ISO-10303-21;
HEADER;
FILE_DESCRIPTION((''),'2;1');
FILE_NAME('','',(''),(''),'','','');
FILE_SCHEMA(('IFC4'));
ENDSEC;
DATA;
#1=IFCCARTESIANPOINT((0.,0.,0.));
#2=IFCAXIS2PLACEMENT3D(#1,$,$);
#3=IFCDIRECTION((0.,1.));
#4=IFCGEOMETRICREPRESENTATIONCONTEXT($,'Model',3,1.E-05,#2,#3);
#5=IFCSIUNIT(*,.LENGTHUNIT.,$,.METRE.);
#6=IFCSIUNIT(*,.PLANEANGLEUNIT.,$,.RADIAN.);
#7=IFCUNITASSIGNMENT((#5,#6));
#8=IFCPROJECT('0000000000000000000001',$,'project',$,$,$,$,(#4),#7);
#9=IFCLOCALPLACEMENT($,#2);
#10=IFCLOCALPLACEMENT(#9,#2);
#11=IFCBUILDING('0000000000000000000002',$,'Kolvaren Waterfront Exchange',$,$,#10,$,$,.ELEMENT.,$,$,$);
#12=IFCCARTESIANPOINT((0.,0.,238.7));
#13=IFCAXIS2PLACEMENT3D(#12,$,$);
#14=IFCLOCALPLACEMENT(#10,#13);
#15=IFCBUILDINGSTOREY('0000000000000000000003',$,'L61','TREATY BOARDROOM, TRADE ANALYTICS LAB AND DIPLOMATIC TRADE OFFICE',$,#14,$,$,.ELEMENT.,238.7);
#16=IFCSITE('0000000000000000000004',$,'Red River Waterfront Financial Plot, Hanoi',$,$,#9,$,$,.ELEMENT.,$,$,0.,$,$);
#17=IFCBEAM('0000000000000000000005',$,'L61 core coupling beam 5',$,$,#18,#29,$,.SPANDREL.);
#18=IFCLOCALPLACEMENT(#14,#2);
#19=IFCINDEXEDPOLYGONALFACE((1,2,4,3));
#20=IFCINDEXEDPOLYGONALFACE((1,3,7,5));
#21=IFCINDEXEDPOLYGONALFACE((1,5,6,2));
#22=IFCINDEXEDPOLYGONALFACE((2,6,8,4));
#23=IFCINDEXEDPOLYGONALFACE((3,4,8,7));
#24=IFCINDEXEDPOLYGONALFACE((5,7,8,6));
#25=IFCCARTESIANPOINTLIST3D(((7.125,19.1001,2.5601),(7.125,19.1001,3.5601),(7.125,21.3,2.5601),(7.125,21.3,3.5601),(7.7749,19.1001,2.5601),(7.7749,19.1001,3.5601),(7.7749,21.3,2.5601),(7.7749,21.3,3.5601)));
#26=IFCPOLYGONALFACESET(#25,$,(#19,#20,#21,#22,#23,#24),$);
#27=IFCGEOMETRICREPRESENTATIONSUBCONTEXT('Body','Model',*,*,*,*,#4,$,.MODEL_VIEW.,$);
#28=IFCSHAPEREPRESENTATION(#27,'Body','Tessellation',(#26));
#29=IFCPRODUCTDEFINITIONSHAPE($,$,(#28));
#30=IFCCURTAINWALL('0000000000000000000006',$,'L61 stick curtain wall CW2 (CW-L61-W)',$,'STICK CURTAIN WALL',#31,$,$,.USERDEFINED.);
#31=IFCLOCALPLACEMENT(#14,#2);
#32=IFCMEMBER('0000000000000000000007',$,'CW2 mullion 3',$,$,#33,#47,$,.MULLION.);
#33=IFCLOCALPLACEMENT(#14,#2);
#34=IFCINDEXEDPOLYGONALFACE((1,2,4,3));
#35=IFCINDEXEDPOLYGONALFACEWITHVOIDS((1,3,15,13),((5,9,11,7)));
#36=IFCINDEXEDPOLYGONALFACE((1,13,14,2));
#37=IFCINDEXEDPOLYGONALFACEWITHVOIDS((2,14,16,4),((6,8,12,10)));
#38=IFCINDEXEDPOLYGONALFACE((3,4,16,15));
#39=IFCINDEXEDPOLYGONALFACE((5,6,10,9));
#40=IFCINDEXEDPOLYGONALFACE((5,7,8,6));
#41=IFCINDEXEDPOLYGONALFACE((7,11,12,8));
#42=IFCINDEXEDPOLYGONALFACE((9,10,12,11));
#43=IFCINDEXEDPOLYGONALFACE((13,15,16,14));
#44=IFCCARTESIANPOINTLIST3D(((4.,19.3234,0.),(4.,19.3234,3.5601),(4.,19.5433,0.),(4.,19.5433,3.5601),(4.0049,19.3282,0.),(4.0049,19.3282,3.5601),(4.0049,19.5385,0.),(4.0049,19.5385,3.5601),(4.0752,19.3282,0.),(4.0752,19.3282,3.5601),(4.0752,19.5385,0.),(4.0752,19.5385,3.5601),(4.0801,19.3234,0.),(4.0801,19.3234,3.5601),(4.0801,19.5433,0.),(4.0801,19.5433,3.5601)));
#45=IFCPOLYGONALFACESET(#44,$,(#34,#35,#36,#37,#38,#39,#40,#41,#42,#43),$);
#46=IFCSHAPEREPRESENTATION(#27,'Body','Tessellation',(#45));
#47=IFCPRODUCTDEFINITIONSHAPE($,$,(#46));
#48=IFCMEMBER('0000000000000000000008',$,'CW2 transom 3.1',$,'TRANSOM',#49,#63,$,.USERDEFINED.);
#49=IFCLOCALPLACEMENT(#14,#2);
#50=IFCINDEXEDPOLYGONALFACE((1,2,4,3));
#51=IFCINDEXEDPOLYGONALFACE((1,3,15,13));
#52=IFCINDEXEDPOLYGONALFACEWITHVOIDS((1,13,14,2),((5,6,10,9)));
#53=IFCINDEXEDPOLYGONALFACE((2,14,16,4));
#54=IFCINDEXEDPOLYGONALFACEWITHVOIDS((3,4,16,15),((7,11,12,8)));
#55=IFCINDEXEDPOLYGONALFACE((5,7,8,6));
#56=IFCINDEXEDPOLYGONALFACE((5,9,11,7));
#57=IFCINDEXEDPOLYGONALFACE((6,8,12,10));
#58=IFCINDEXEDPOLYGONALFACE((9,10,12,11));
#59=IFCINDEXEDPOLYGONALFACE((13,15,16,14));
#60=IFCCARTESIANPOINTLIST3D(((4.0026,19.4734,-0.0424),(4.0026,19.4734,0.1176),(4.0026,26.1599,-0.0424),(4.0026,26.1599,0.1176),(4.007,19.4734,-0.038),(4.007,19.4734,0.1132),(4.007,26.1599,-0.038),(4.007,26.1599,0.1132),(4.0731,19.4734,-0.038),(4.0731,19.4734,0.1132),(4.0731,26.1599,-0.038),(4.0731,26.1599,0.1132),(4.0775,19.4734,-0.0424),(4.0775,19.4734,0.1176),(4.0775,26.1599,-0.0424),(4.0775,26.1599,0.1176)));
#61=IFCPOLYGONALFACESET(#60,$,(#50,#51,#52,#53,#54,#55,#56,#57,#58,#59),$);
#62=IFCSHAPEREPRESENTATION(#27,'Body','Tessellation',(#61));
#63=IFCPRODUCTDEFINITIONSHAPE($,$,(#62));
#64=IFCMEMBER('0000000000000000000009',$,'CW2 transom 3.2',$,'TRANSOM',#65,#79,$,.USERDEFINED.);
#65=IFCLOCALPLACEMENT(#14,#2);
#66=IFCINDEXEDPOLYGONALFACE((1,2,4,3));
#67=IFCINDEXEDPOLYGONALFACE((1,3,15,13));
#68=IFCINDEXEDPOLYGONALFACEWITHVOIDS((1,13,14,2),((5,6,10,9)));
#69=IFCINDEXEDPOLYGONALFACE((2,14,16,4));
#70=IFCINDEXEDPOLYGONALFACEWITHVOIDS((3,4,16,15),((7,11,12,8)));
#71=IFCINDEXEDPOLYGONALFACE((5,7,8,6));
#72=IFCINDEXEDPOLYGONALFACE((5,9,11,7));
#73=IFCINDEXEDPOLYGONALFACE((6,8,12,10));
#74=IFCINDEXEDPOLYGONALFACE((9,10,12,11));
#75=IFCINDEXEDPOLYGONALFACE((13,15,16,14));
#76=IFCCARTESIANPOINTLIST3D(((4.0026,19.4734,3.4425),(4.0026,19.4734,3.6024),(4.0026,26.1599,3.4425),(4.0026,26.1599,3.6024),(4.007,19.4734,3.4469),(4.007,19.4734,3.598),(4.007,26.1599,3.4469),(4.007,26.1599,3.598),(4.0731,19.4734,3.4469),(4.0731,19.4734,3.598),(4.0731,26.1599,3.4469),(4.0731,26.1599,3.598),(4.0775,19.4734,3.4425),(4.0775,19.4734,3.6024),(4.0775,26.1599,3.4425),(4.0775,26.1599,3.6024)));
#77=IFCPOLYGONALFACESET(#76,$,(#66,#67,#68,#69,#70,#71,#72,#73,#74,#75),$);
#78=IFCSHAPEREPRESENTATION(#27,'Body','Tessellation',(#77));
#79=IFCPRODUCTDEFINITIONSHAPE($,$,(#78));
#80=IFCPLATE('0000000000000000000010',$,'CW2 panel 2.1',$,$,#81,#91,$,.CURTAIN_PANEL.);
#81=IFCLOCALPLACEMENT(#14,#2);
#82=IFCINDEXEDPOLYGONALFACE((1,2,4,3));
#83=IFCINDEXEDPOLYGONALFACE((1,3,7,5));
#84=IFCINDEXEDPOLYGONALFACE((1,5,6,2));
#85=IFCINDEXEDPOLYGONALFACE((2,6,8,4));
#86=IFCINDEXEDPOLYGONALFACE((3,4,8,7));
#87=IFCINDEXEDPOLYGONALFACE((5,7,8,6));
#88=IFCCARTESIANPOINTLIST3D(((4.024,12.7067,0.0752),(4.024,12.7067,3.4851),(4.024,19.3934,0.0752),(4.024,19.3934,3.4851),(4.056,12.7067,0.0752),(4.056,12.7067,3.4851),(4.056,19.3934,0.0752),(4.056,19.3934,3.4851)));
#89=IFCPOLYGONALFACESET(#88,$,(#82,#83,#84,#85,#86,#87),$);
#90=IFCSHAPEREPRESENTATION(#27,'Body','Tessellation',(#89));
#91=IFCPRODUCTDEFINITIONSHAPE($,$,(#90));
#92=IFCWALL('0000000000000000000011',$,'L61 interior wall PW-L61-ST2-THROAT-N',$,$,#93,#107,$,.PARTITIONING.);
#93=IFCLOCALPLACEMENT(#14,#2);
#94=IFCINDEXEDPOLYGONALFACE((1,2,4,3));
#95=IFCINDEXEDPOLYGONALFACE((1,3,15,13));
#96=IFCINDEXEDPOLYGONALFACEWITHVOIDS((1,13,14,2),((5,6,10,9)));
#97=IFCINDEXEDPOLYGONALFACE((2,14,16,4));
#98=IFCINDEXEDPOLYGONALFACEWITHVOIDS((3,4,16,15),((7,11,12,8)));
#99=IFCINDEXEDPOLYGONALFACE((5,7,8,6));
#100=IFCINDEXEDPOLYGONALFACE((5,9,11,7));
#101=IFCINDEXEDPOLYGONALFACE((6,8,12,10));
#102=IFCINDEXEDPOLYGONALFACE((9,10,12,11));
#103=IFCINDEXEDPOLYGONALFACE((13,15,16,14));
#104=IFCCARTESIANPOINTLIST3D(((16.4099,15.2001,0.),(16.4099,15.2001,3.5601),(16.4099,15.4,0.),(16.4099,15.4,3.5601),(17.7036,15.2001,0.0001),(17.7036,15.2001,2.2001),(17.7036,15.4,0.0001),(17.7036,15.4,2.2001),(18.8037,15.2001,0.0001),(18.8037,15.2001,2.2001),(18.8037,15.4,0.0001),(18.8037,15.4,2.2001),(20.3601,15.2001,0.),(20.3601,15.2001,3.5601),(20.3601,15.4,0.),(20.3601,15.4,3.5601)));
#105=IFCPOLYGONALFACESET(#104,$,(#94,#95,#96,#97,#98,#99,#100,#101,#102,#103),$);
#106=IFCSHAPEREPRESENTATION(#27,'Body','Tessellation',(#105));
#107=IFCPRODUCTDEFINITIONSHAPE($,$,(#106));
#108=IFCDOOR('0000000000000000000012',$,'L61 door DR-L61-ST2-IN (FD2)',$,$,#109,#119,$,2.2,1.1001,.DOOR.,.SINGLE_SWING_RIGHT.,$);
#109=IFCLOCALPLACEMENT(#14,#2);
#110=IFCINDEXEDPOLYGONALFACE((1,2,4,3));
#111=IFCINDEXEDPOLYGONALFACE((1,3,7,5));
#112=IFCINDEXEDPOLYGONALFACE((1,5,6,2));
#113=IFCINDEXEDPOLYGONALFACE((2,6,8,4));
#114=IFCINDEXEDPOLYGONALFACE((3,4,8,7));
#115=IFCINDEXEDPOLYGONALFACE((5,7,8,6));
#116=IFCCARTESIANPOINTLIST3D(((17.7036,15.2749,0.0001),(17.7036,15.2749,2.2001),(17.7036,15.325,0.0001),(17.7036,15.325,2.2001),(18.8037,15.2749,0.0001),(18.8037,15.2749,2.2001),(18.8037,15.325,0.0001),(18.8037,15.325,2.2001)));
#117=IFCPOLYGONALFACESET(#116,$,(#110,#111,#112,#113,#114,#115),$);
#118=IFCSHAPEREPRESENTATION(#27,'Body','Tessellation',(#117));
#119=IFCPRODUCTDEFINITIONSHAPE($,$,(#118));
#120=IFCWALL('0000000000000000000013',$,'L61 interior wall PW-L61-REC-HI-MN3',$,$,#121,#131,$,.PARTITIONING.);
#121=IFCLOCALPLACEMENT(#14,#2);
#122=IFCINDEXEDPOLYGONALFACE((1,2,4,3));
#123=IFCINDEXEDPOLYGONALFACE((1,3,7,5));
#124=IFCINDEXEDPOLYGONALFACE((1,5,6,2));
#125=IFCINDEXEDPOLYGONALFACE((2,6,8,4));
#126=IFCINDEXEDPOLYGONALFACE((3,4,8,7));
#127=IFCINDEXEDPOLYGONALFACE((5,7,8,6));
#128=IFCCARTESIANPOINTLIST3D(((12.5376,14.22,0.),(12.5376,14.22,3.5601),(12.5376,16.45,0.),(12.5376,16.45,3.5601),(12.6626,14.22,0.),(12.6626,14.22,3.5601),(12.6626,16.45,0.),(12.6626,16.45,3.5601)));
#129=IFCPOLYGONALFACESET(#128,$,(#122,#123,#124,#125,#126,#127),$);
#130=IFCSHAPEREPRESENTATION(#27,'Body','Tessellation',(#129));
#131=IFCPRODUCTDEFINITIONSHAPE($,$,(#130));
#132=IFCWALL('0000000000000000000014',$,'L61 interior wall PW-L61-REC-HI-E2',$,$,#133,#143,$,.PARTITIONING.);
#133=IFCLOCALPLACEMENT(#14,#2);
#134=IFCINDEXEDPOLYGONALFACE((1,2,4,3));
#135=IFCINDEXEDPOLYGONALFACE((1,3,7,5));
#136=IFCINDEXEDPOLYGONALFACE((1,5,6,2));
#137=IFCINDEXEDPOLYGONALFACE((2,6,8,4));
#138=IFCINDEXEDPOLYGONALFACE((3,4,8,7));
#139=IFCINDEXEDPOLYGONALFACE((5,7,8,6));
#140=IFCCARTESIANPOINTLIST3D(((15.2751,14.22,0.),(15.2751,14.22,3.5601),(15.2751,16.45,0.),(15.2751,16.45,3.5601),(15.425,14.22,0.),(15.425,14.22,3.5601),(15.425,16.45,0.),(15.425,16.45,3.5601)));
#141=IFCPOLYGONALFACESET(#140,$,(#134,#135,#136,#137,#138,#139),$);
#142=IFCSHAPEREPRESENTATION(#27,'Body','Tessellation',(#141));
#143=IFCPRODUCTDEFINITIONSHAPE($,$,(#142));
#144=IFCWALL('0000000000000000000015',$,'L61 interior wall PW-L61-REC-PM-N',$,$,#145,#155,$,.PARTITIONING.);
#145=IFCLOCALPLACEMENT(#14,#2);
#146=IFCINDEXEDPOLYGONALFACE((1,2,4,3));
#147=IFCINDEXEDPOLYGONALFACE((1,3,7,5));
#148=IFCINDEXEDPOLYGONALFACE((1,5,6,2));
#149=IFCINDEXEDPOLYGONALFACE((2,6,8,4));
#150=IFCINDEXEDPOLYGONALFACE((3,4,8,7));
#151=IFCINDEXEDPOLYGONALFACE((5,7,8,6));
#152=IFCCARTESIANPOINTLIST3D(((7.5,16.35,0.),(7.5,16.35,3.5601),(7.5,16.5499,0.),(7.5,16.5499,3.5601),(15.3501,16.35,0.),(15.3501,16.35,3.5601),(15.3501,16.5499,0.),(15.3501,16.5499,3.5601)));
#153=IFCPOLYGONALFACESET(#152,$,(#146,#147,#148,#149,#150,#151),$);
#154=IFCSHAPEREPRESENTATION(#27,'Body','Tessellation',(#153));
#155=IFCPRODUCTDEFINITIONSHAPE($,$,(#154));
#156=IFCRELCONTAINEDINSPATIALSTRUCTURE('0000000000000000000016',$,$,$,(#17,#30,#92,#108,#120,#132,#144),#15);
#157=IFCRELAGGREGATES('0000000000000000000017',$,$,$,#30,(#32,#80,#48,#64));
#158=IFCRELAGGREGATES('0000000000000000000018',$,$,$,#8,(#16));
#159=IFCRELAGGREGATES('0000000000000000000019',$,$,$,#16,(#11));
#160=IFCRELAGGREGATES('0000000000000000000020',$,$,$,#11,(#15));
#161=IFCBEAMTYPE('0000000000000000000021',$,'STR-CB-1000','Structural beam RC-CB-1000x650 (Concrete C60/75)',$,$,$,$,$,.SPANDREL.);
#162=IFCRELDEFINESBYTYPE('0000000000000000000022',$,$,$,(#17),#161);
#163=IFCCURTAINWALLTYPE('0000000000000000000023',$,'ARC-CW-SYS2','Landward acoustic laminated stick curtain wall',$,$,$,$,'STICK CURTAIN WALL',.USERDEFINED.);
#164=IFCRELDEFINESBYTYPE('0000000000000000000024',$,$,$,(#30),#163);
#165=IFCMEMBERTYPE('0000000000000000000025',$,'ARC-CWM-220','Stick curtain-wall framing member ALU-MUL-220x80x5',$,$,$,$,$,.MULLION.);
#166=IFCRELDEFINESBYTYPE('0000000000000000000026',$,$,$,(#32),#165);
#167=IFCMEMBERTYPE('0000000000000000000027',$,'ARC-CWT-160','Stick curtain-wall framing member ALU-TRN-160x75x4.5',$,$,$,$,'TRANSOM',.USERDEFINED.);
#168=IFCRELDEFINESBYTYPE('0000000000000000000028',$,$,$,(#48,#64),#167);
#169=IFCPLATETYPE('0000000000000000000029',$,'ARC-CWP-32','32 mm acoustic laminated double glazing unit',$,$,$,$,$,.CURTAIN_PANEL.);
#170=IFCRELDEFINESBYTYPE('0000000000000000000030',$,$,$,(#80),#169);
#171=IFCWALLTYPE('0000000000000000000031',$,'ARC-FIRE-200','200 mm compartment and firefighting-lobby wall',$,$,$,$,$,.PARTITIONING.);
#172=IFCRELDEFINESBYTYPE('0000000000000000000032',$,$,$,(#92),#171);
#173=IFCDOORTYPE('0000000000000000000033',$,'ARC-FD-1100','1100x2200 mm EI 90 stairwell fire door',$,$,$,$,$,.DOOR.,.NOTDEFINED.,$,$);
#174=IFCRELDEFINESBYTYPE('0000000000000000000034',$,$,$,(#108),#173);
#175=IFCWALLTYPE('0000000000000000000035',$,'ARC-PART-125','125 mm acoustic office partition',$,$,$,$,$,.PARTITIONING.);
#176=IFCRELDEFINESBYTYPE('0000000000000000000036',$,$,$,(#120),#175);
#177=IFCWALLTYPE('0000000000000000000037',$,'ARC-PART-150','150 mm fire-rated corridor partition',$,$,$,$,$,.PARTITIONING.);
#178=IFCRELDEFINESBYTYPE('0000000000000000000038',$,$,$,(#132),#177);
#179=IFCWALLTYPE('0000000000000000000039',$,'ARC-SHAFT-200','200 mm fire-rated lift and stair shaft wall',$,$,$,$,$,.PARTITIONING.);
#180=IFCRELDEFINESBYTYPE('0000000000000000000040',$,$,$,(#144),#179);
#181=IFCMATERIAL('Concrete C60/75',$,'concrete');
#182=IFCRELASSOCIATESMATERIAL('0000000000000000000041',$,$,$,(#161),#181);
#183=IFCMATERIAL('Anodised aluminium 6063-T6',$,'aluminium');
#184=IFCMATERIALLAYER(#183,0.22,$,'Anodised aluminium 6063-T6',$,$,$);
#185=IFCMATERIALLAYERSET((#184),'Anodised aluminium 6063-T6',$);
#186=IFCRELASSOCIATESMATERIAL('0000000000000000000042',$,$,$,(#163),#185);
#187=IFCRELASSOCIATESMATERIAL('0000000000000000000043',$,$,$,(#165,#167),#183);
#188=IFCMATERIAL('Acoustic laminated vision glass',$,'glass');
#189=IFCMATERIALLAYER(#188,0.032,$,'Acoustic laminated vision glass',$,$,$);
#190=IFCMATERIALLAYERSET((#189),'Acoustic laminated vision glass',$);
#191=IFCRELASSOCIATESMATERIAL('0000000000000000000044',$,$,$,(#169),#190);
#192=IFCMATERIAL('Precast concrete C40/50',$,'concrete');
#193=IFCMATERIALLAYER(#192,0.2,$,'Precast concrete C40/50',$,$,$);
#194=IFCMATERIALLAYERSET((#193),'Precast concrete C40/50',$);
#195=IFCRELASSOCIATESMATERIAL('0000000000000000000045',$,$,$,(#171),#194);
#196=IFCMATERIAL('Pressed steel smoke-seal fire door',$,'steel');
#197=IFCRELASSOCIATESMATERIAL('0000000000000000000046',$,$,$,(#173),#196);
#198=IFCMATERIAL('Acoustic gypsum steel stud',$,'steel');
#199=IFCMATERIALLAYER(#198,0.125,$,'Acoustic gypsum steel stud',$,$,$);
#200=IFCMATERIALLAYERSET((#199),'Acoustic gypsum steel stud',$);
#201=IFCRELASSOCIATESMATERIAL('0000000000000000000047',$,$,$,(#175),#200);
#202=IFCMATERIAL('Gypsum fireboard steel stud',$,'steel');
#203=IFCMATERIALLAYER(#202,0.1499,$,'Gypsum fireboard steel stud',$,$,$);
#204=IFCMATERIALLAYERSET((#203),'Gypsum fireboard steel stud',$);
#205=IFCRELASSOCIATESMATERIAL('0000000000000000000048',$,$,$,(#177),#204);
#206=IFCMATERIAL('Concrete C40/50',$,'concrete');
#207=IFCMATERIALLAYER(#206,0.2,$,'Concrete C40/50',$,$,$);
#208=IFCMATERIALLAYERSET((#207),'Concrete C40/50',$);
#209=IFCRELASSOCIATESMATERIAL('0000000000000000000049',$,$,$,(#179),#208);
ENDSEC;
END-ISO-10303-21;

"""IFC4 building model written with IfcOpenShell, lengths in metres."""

from ifc_helpers import new_model, si_unit, direction, frame, frame_2d, origin, origin_with_axes, origin_2d, place, context, subcontext, project, spatial, rectangle, hollow_rectangle, extrude, source, transform, mapped, material, layer, layer_set, material_profile, profile_set, type_object, element, fill, aggregate, save


model = new_model("IFC4")

# Units and contexts
model_context = context("Model", 3, precision=1e-05, world=origin(), true_north=direction((0.0, 1.0)))
body_context = subcontext(model_context, "Body", "Model", "MODEL_VIEW")
ifc_project = project(units=[si_unit("LENGTHUNIT", "METRE"), si_unit("PLANEANGLEUNIT", "RADIAN")], contexts=[model_context])

# Site, building, storey
site_placement = place(None, origin())
site = spatial("IfcSite", under=ifc_project, at=site_placement, Name="Red River Waterfront Financial Plot, Hanoi", CompositionType="ELEMENT", RefElevation=0.0)
building_placement = place(site_placement, origin())
building = spatial("IfcBuilding", under=site, at=building_placement, Name="Kolvaren Waterfront Exchange", CompositionType="ELEMENT")
storey_placement = place(building_placement, frame((0.0, 0.0, 238.7)))
storey = spatial("IfcBuildingStorey", under=building, at=storey_placement, Name="L61", Description="TREATY BOARDROOM, TRADE ANALYTICS LAB AND DIPLOMATIC TRADE OFFICE", CompositionType="ELEMENT", Elevation=238.7)

# Beam
ifc_material_1 = material(Name="Concrete C60/75", Category="concrete")
ifc_material_profile_1 = material_profile(ifc_material_1, rectangle(XDim=0.6499, YDim=1.0, at=origin_2d()), Name="RC-CB-1000x650")
ifc_profile_set_1 = profile_set([ifc_material_profile_1], Name="Concrete C60/75")
beam_type = type_object("IfcBeamType", Name="STR-CB-1000", Description="Structural beam RC-CB-1000x650 (Concrete C60/75)", PredefinedType="SPANDREL", material=ifc_profile_set_1)
beam_placement = place(storey_placement, frame((7.45, 19.1001, 3.0601), z_axis=(0.0, 1.0, 0.0), x_axis=(-1.0, 0.0, 0.0)))
element("IfcBeam", 1, at=beam_placement, inside=storey, type_object=beam_type, Name="L61 core coupling beam 5", PredefinedType="SPANDREL", context=body_context, shape_type="SweptSolid", body=[
    extrude(rectangle(XDim=0.6499, YDim=1.0, at=origin_2d()), origin(), (0.0, 0.0, 1.0), 2.2),
])

# Curtain wall, members, plate
ifc_material_2 = material(Name="Anodised aluminium 6063-T6", Category="aluminium")
ifc_layer_1 = layer(ifc_material_2, 0.22, Name="Anodised aluminium 6063-T6")
ifc_layer_set_1 = layer_set([ifc_layer_1], Name="Anodised aluminium 6063-T6")
curtain_wall_type = type_object("IfcCurtainWallType", Name="ARC-CW-SYS2", Description="Landward acoustic laminated stick curtain wall", ElementType="STICK CURTAIN WALL", PredefinedType="USERDEFINED", material=ifc_layer_set_1)
curtain_wall_placement = place(storey_placement, origin())
curtain_wall = element("IfcCurtainWall", 2, at=curtain_wall_placement, inside=storey, type_object=curtain_wall_type, Name="L61 stick curtain wall CW2 (CW-L61-W)", ObjectType="STICK CURTAIN WALL", PredefinedType="USERDEFINED")
ifc_material_profile_2 = material_profile(ifc_material_2, hollow_rectangle(XDim=0.0801, YDim=0.22, WallThickness=0.0049, at=origin_2d()), Name="ALU-MUL-220x80x5")
ifc_profile_set_2 = profile_set([ifc_material_profile_2], Name="Anodised aluminium 6063-T6")
member_type_1 = type_object("IfcMemberType", Name="ARC-CWM-220", Description="Stick curtain-wall framing member ALU-MUL-220x80x5", PredefinedType="MULLION", material=ifc_profile_set_2)
shared_shape_1 = source(origin_with_axes(), body_context, "Body", "SweptSolid", [
    extrude(hollow_rectangle(XDim=0.0801, YDim=0.22, WallThickness=0.0049, at=origin_2d()), origin(), (0.0, 0.0, 1.0), 3.5601),
])
member_1_placement = place(storey_placement, frame((4.04, 19.4333, 0.0), z_axis=(0.0, 0.0, 1.0), x_axis=(-1.0, 0.0, 0.0)))
member_1 = element("IfcMember", 3, at=member_1_placement, type_object=member_type_1, Name="CW2 mullion 3", PredefinedType="MULLION", context=body_context, shape_type="MappedRepresentation", body=[
    mapped(shared_shape_1, transform((0.0, 0.0, 0.0), x_axis=(1.0, 0.0, 0.0), y_axis=(0.0, 1.0, 0.0), z_axis=(0.0, 0.0, 1.0), scale=1.0)),
])
ifc_material_profile_3 = material_profile(ifc_material_2, hollow_rectangle(XDim=0.075, YDim=0.1599, WallThickness=0.0044, at=origin_2d()), Name="ALU-TRN-160x75x4.5")
ifc_profile_set_3 = profile_set([ifc_material_profile_3], Name="Anodised aluminium 6063-T6")
member_type_2 = type_object("IfcMemberType", Name="ARC-CWT-160", Description="Stick curtain-wall framing member ALU-TRN-160x75x4.5", ElementType="TRANSOM", PredefinedType="USERDEFINED", material=ifc_profile_set_3)
shared_shape_2 = source(origin_with_axes(), body_context, "Body", "SweptSolid", [
    extrude(hollow_rectangle(XDim=0.075, YDim=0.1599, WallThickness=0.0044, at=origin_2d()), origin(), (0.0, 0.0, 1.0), 6.6865),
])
member_2_placement = place(storey_placement, frame((4.04, 19.4734, 0.0376), z_axis=(0.0, 1.0, 0.0), x_axis=(-1.0, 0.0, 0.0)))
member_2 = element("IfcMember", 4, at=member_2_placement, type_object=member_type_2, Name="CW2 transom 3.1", ObjectType="TRANSOM", PredefinedType="USERDEFINED", context=body_context, shape_type="MappedRepresentation", body=[
    mapped(shared_shape_2, transform((0.0, 0.0, 0.0), x_axis=(1.0, 0.0, 0.0), y_axis=(0.0, 1.0, 0.0), z_axis=(0.0, 0.0, 1.0), scale=1.0)),
])
member_3_placement = place(storey_placement, frame((4.04, 19.4734, 3.5225), z_axis=(0.0, 1.0, 0.0), x_axis=(-1.0, 0.0, 0.0)))
member_3 = element("IfcMember", 5, at=member_3_placement, type_object=member_type_2, Name="CW2 transom 3.2", ObjectType="TRANSOM", PredefinedType="USERDEFINED", context=body_context, shape_type="MappedRepresentation", body=[
    mapped(shared_shape_2, transform((0.0, 0.0, 0.0), x_axis=(1.0, 0.0, 0.0), y_axis=(0.0, 1.0, 0.0), z_axis=(0.0, 0.0, 1.0), scale=1.0)),
])
ifc_material_3 = material(Name="Acoustic laminated vision glass", Category="glass")
ifc_layer_2 = layer(ifc_material_3, 0.032, Name="Acoustic laminated vision glass")
ifc_layer_set_2 = layer_set([ifc_layer_2], Name="Acoustic laminated vision glass")
plate_type = type_object("IfcPlateType", Name="ARC-CWP-32", Description="32 mm acoustic laminated double glazing unit", PredefinedType="CURTAIN_PANEL", material=ifc_layer_set_2)
shared_shape_3 = source(origin_with_axes(), body_context, "Body", "SweptSolid", [
    extrude(rectangle(XDim=6.6868, YDim=0.032, at=origin_2d()), origin(), (0.0, 0.0, 1.0), 3.4099),
])
plate_placement = place(storey_placement, frame((4.04, 16.05, 0.0752), z_axis=(0.0, 0.0, 1.0), x_axis=(0.0, 1.0, 0.0)))
plate = element("IfcPlate", 6, at=plate_placement, type_object=plate_type, Name="CW2 panel 2.1", PredefinedType="CURTAIN_PANEL", context=body_context, shape_type="MappedRepresentation", body=[
    mapped(shared_shape_3, transform((0.0, 0.0, 0.0), x_axis=(1.0, 0.0, 0.0), y_axis=(0.0, 1.0, 0.0), z_axis=(0.0, 0.0, 1.0), scale=1.0)),
])
aggregate(curtain_wall, [member_1, plate, member_2, member_3])

# Wall, opening, door
ifc_material_4 = material(Name="Precast concrete C40/50", Category="concrete")
ifc_layer_3 = layer(ifc_material_4, 0.2, Name="Precast concrete C40/50")
ifc_layer_set_3 = layer_set([ifc_layer_3], Name="Precast concrete C40/50")
wall_type_1 = type_object("IfcWallType", Name="ARC-FIRE-200", Description="200 mm compartment and firefighting-lobby wall", PredefinedType="PARTITIONING", material=ifc_layer_set_3)
wall_1_placement = place(storey_placement, frame((16.4099, 15.3, 0.0), z_axis=(0.0, 0.0, 1.0), x_axis=(1.0, 0.0, 0.0)))
wall_1 = element("IfcWall", 7, at=wall_1_placement, inside=storey, type_object=wall_type_1, Name="L61 interior wall PW-L61-ST2-THROAT-N", PredefinedType="PARTITIONING", context=body_context, shape_type="SweptSolid", body=[
    extrude(rectangle(XDim=3.9502, YDim=0.2, at=frame_2d((1.9751, 0.0))), origin(), (0.0, 0.0, 1.0), 3.5601),
])
opening_1_placement = place(wall_1_placement, frame((1.2937, 0.0, 0.0)))
opening_1 = element("IfcOpeningElement", 8, at=opening_1_placement, cuts=wall_1, PredefinedType="OPENING", context=body_context, shape_type="SweptSolid", body=[
    extrude(rectangle(XDim=1.1001, YDim=2.2, at=frame_2d((0.55, 1.1001))), frame((0.0, 0.1099, 0.0), z_axis=(0.0, -1.0, 0.0), x_axis=(1.0, 0.0, 0.0)), (0.0, 0.0, 1.0), 0.22),
])
ifc_material_5 = material(Name="Pressed steel smoke-seal fire door", Category="steel")
door_type_1 = type_object("IfcDoorType", Name="ARC-FD-1100", Description="1100x2200 mm EI 90 stairwell fire door", OperationType="NOTDEFINED", PredefinedType="DOOR", material=ifc_material_5)
door_1_placement = place(opening_1_placement, origin())
door_1 = element("IfcDoor", 9, at=door_1_placement, inside=storey, type_object=door_type_1, Name="L61 door DR-L61-ST2-IN (FD2)", OperationType="SINGLE_SWING_RIGHT", OverallHeight=2.2, OverallWidth=1.1001, PredefinedType="DOOR", context=body_context, shape_type="SweptSolid", body=[
    extrude(rectangle(XDim=1.1001, YDim=2.2, at=frame_2d((0.55, 1.1001))), frame((0.0, 0.0249, 0.0), z_axis=(0.0, -1.0, 0.0), x_axis=(1.0, 0.0, 0.0)), (0.0, 0.0, 1.0), 0.05),
])
fill(opening_1, door_1)

# Walls
ifc_material_6 = material(Name="Acoustic gypsum steel stud", Category="steel")
ifc_layer_4 = layer(ifc_material_6, 0.125, Name="Acoustic gypsum steel stud")
ifc_layer_set_4 = layer_set([ifc_layer_4], Name="Acoustic gypsum steel stud")
wall_type_2 = type_object("IfcWallType", Name="ARC-PART-125", Description="125 mm acoustic office partition", PredefinedType="PARTITIONING", material=ifc_layer_set_4)
wall_2_placement = place(storey_placement, frame((12.6001, 14.22, 0.0), z_axis=(0.0, 0.0, 1.0), x_axis=(0.0, 1.0, 0.0)))
element("IfcWall", 10, at=wall_2_placement, inside=storey, type_object=wall_type_2, Name="L61 interior wall PW-L61-REC-HI-MN3", PredefinedType="PARTITIONING", context=body_context, shape_type="SweptSolid", body=[
    extrude(rectangle(XDim=2.23, YDim=0.125, at=frame_2d((1.115, 0.0))), origin(), (0.0, 0.0, 1.0), 3.5601),
])
ifc_material_7 = material(Name="Gypsum fireboard steel stud", Category="steel")
ifc_layer_5 = layer(ifc_material_7, 0.1499, Name="Gypsum fireboard steel stud")
ifc_layer_set_5 = layer_set([ifc_layer_5], Name="Gypsum fireboard steel stud")
wall_type_3 = type_object("IfcWallType", Name="ARC-PART-150", Description="150 mm fire-rated corridor partition", PredefinedType="PARTITIONING", material=ifc_layer_set_5)
wall_3_placement = place(storey_placement, frame((15.3501, 14.22, 0.0), z_axis=(0.0, 0.0, 1.0), x_axis=(0.0, 1.0, 0.0)))
element("IfcWall", 11, at=wall_3_placement, inside=storey, type_object=wall_type_3, Name="L61 interior wall PW-L61-REC-HI-E2", PredefinedType="PARTITIONING", context=body_context, shape_type="SweptSolid", body=[
    extrude(rectangle(XDim=2.23, YDim=0.1499, at=frame_2d((1.115, 0.0))), origin(), (0.0, 0.0, 1.0), 3.5601),
])

# Wall
ifc_material_8 = material(Name="Concrete C40/50", Category="concrete")
ifc_layer_6 = layer(ifc_material_8, 0.2, Name="Concrete C40/50")
ifc_layer_set_6 = layer_set([ifc_layer_6], Name="Concrete C40/50")
wall_type_4 = type_object("IfcWallType", Name="ARC-SHAFT-200", Description="200 mm fire-rated lift and stair shaft wall", PredefinedType="PARTITIONING", material=ifc_layer_set_6)
wall_4_placement = place(storey_placement, frame((7.5, 16.45, 0.0), z_axis=(0.0, 0.0, 1.0), x_axis=(1.0, 0.0, 0.0)))
element("IfcWall", 12, at=wall_4_placement, inside=storey, type_object=wall_type_4, Name="L61 interior wall PW-L61-REC-PM-N", PredefinedType="PARTITIONING", context=body_context, shape_type="SweptSolid", body=[
    extrude(rectangle(XDim=7.8501, YDim=0.2, at=frame_2d((3.925, 0.0))), origin(), (0.0, 0.0, 1.0), 3.5601),
])

save(model, "model.ifc")
